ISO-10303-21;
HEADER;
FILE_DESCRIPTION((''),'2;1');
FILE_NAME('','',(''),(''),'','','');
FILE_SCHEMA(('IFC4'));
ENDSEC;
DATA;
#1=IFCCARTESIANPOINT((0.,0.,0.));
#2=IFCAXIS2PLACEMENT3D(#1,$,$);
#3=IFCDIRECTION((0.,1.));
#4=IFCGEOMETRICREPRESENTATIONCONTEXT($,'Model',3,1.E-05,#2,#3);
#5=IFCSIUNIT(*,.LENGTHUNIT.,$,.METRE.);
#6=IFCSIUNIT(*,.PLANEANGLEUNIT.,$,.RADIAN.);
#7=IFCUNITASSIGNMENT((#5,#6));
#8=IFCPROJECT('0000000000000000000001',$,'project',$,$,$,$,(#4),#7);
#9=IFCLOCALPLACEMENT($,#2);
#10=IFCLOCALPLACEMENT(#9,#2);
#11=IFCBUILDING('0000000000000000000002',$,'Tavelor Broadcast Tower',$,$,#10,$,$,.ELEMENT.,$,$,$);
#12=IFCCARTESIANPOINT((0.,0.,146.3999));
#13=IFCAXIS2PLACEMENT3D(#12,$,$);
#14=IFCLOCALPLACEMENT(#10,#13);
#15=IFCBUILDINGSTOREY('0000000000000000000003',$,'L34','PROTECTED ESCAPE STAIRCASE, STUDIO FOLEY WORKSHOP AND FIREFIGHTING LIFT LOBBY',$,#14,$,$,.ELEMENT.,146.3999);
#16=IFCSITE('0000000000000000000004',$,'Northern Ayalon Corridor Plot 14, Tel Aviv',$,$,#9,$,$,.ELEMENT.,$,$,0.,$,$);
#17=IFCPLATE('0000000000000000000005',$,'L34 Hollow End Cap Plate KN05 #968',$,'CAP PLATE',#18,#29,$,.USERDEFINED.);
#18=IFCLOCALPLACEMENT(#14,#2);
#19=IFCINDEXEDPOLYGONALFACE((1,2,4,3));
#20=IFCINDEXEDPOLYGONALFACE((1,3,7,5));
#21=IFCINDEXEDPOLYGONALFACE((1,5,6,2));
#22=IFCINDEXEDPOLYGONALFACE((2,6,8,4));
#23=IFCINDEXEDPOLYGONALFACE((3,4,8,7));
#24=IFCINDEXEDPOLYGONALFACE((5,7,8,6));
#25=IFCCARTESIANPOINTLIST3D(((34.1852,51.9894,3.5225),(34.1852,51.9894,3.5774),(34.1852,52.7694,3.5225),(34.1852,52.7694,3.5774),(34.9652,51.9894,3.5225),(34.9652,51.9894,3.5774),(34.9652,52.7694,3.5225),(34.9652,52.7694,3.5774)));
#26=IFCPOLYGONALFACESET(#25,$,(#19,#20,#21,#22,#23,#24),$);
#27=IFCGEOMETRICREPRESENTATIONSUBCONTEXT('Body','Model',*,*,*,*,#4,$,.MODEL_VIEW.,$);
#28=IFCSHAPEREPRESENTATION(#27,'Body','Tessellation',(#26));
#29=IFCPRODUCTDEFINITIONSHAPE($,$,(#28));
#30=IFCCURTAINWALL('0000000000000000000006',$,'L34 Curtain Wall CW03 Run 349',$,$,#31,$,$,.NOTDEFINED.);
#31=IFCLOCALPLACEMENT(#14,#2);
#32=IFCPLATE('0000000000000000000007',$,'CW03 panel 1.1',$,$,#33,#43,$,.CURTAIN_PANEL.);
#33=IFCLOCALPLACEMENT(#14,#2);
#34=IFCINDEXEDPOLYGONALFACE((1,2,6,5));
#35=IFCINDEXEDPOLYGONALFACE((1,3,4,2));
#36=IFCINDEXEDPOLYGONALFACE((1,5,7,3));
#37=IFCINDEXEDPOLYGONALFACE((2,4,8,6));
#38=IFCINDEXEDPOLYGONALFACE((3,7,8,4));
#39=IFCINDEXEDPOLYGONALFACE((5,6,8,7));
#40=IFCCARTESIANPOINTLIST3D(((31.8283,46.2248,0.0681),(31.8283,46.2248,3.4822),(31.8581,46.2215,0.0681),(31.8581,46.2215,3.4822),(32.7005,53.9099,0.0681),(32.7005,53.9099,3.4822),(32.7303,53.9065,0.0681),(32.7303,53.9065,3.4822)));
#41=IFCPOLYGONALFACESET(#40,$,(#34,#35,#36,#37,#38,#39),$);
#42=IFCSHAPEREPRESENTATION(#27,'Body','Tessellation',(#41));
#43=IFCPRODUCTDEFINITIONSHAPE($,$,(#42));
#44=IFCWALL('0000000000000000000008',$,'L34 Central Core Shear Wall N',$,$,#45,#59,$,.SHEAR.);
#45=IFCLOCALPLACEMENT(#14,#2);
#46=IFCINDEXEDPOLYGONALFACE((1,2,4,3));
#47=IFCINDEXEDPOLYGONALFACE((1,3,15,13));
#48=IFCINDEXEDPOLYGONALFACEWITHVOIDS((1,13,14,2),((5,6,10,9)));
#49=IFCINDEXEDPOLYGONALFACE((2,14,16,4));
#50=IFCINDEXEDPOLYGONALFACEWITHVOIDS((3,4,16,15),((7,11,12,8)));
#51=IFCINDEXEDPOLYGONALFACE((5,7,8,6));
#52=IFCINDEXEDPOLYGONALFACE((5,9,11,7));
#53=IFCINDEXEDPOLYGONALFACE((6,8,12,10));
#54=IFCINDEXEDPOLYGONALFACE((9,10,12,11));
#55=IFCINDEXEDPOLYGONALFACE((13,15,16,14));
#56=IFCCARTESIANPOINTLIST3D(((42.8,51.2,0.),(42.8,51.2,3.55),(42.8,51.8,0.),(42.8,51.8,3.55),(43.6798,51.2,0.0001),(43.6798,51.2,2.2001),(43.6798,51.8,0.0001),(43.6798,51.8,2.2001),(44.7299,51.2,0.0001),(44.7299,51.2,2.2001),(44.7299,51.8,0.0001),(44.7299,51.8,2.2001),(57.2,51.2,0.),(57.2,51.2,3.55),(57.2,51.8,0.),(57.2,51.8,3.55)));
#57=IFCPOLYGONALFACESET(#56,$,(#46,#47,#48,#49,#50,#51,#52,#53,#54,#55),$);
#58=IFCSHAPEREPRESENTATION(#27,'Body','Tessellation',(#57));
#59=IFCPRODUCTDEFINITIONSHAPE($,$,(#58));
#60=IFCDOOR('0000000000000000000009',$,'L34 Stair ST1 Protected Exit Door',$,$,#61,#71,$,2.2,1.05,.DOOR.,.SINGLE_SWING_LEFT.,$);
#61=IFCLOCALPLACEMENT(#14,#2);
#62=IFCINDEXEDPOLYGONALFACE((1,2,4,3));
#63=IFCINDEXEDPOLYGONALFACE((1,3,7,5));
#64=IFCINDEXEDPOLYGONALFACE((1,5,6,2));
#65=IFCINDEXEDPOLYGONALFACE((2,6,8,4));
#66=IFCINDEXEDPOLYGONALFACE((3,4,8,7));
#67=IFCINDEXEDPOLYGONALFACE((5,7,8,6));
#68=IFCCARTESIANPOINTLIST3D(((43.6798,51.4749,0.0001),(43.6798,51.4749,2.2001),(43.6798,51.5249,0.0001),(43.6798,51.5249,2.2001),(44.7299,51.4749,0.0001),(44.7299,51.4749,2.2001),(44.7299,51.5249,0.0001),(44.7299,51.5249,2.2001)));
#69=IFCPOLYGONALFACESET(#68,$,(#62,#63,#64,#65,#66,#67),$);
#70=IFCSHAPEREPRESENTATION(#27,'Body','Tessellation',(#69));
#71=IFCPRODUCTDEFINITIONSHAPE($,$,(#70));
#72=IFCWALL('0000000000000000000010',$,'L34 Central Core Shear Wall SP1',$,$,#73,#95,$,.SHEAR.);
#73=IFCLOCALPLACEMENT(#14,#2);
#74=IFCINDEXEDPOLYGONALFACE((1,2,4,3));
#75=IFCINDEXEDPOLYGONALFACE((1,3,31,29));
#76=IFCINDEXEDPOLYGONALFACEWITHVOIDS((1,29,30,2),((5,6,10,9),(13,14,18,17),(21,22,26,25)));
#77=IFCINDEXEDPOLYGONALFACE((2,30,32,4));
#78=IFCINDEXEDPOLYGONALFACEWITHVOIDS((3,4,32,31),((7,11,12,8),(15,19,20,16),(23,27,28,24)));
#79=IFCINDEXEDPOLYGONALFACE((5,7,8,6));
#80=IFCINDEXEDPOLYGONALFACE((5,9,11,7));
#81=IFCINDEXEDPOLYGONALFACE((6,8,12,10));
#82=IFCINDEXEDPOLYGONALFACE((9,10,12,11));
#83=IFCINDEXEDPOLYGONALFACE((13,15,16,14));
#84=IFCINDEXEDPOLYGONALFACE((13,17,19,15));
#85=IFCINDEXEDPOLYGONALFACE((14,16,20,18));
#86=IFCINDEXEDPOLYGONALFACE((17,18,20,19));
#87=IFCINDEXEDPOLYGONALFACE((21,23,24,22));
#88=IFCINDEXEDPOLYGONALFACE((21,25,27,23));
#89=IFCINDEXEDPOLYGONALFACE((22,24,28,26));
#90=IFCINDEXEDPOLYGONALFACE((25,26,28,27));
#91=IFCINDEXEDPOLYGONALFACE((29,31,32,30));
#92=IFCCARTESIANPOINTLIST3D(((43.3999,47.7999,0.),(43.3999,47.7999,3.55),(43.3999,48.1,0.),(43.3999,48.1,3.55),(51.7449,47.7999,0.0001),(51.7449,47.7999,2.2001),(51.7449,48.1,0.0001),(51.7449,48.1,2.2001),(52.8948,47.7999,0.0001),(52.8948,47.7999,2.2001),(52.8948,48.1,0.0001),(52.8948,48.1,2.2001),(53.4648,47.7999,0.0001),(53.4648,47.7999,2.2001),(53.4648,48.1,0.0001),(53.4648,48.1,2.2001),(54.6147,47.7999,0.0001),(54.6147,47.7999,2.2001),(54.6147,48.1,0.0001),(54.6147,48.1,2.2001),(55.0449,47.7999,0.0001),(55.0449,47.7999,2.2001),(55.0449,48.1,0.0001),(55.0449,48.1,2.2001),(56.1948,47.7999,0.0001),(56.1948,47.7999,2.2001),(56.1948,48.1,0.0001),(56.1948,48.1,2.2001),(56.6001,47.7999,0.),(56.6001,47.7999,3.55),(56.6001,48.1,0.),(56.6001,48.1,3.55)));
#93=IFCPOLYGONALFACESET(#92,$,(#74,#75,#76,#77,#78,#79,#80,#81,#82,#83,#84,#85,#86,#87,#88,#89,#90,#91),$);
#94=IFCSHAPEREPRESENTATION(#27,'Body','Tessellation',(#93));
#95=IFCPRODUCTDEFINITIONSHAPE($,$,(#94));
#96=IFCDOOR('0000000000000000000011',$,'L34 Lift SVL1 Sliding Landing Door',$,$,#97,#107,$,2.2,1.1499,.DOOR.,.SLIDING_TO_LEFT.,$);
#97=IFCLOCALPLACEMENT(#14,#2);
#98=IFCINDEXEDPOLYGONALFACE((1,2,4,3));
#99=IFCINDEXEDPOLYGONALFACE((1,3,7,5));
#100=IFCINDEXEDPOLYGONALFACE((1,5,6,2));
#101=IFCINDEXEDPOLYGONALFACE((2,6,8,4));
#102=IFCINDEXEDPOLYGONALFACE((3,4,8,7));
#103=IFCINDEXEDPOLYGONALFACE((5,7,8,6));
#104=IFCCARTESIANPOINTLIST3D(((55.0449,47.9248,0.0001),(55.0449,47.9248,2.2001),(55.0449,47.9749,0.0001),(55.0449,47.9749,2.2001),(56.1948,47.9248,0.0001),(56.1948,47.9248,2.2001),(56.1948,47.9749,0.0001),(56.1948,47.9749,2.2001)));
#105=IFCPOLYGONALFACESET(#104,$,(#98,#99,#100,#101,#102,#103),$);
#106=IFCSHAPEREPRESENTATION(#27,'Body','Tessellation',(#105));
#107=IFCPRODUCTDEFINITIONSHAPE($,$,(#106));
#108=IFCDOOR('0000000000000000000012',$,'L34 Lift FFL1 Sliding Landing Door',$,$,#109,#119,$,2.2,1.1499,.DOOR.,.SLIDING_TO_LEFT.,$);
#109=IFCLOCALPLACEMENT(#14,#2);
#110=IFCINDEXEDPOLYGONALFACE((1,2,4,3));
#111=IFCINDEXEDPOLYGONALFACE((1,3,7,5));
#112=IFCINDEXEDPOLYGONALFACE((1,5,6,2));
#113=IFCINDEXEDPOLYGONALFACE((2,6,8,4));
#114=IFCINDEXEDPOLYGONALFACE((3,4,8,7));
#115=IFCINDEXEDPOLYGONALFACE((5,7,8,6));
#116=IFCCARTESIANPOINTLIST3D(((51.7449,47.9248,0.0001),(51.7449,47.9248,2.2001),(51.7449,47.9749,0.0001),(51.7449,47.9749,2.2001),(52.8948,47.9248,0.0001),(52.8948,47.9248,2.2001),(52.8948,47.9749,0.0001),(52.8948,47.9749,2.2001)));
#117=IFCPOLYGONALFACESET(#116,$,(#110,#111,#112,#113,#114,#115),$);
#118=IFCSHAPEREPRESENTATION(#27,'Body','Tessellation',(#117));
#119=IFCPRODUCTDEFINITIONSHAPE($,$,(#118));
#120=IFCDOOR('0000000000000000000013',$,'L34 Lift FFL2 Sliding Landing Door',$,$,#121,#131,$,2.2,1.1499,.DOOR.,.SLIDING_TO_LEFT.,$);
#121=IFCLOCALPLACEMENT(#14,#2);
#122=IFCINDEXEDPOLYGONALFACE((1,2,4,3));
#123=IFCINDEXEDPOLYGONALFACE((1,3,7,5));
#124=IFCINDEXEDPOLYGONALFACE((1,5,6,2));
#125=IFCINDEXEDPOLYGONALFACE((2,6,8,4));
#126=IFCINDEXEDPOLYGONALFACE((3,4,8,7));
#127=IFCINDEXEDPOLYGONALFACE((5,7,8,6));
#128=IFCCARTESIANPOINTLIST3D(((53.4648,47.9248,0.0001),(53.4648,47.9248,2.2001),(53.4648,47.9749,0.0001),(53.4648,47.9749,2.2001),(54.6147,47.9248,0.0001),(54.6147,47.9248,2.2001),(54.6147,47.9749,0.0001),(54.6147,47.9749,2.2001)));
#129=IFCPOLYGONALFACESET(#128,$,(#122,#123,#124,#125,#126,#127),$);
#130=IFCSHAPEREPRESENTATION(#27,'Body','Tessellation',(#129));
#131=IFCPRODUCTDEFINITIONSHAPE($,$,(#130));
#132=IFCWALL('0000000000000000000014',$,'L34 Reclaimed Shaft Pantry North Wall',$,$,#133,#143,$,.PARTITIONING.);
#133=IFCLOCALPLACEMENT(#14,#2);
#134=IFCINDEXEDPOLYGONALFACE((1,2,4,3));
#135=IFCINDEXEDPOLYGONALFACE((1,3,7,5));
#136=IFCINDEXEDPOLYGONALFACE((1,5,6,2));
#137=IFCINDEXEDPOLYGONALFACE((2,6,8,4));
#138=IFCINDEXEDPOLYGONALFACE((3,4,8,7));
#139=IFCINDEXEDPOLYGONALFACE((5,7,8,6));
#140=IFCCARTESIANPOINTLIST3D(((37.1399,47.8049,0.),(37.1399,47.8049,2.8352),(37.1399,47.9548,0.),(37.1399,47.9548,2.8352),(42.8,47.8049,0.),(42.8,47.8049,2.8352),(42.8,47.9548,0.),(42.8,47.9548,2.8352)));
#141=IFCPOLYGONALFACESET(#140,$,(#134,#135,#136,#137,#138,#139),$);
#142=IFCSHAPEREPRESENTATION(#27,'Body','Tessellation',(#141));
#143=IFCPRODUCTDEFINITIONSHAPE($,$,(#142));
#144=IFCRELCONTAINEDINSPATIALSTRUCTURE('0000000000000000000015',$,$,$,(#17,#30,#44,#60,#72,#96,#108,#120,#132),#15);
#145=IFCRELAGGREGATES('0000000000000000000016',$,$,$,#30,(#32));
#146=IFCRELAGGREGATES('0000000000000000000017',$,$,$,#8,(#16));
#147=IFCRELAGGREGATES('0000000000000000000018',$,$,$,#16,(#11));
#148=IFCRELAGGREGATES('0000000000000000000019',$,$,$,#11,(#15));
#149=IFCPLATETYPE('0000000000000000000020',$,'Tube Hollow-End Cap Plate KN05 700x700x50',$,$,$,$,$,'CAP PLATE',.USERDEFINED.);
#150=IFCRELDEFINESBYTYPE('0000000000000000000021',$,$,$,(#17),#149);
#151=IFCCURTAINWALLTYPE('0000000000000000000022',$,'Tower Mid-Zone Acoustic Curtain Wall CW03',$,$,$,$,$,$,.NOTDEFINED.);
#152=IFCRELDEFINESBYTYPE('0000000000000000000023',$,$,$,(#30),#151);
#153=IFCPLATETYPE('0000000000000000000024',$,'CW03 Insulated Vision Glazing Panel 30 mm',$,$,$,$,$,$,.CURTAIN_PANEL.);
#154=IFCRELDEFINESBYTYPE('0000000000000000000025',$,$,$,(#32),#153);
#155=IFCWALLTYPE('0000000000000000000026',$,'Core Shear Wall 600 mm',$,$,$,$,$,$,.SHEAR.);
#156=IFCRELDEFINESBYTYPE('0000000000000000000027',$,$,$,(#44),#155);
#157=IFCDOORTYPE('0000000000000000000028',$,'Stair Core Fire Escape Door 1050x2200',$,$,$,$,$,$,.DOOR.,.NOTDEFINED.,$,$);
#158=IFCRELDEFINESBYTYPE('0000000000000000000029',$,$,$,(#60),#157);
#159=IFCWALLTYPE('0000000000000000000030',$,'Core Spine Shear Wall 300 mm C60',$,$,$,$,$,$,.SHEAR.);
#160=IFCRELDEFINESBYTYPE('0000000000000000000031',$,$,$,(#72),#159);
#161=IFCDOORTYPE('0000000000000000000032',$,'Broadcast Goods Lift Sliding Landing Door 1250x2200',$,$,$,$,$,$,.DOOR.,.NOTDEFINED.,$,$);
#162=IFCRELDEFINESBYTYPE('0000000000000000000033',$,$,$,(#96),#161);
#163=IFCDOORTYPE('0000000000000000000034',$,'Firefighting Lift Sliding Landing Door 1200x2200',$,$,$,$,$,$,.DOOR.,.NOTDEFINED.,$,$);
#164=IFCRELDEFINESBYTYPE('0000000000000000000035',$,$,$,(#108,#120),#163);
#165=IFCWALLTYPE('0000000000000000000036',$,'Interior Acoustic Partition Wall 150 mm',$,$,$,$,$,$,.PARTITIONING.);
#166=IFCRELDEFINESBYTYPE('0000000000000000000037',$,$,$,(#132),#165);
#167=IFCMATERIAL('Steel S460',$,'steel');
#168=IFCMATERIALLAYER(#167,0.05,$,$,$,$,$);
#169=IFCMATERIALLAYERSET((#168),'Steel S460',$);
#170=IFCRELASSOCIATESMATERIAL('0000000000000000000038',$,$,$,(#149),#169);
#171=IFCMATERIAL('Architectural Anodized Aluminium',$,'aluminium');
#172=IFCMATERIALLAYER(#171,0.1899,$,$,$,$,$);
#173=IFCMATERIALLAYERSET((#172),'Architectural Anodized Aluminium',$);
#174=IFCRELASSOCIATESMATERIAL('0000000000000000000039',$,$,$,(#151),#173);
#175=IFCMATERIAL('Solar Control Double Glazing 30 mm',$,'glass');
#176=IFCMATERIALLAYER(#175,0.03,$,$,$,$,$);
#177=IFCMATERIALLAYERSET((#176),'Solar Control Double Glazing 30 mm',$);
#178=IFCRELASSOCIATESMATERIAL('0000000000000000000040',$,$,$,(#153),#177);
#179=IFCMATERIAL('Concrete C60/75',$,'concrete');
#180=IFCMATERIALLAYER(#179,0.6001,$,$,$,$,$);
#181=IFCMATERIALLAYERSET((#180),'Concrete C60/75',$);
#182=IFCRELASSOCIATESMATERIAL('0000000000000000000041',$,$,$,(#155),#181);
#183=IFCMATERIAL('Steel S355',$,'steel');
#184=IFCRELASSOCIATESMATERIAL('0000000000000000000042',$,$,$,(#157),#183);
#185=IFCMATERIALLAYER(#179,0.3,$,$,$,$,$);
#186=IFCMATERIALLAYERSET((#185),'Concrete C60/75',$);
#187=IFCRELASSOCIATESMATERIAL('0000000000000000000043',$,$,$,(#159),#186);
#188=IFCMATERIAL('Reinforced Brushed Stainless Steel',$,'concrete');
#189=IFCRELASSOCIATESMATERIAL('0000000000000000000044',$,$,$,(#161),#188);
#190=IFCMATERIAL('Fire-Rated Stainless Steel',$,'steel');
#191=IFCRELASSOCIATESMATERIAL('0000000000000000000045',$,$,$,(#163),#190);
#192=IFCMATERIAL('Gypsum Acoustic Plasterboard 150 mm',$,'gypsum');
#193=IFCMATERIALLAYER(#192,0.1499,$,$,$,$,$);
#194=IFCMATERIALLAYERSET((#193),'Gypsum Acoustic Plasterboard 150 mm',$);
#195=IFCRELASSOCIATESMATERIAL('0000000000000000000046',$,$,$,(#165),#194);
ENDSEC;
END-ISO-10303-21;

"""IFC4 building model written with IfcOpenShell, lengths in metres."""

from ifc_helpers import new_model, si_unit, direction, frame, frame_2d, origin, origin_2d, place, context, subcontext, project, spatial, rectangle, extrude, source, transform, mapped, material, layer, layer_set, type_object, type_shapes, element, fill, aggregate, save


model = new_model("IFC4")

# Units and contexts
model_context = context("Model", 3, precision=1e-05, world=origin(), true_north=direction((0.0, 1.0)))
body_context = subcontext(model_context, "Body", "Model", "MODEL_VIEW")
ifc_project = project(units=[si_unit("LENGTHUNIT", "METRE"), si_unit("PLANEANGLEUNIT", "RADIAN")], contexts=[model_context])

# Site, building, storey
site_placement = place(None, origin())
site = spatial("IfcSite", under=ifc_project, at=site_placement, Name="Northern Ayalon Corridor Plot 14, Tel Aviv", CompositionType="ELEMENT", RefElevation=0.0)
building_placement = place(site_placement, origin())
building = spatial("IfcBuilding", under=site, at=building_placement, Name="Tavelor Broadcast Tower", CompositionType="ELEMENT")
storey_placement = place(building_placement, frame((0.0, 0.0, 146.3999)))
storey = spatial("IfcBuildingStorey", under=building, at=storey_placement, Name="L34", Description="PROTECTED ESCAPE STAIRCASE, STUDIO FOLEY WORKSHOP AND FIREFIGHTING LIFT LOBBY", CompositionType="ELEMENT", Elevation=146.3999)

# Shared definitions
ifc_material_1 = material(Name="Concrete C60/75", Category="concrete")
ifc_material_2 = material(Name="Steel S460", Category="steel")

# Shared definitions
ifc_material_3 = material(Name="Steel S355", Category="steel")

# Plate
ifc_layer_1 = layer(ifc_material_2, 0.05)
ifc_layer_set_1 = layer_set([ifc_layer_1], Name="Steel S460")
plate_type_1 = type_object("IfcPlateType", Name="Tube Hollow-End Cap Plate KN05 700x700x50", ElementType="CAP PLATE", PredefinedType="USERDEFINED", material=ifc_layer_set_1)
shared_shape_1 = source(origin(), body_context, "Body", "SweptSolid", [
    extrude(rectangle(XDim=0.78, YDim=0.78, at=origin_2d()), origin(), (0.0, 0.0, 1.0), 0.0549),
])
type_shapes(plate_type_1, [shared_shape_1])
for number, where, z_axis, x_axis, name in (
    (1, (34.5752, 52.3794, 3.5225), (0.0, 0.0, 1.0), (1.0, 0.0, 0.0), "L34 Hollow End Cap Plate KN05 #968"),
):
    element("IfcPlate", number, at=place(storey_placement, frame(where, z_axis=z_axis, x_axis=x_axis)), inside=storey, type_object=plate_type_1, Name=name, ObjectType="CAP PLATE", PredefinedType="USERDEFINED", context=body_context, shape_type="MappedRepresentation", body=[
        mapped(shared_shape_1, transform((0.0, 0.0, 0.0), scale=1.0)),
    ])

# Curtain wall, plate
ifc_material_4 = material(Name="Architectural Anodized Aluminium", Category="aluminium")
ifc_layer_2 = layer(ifc_material_4, 0.1899)
ifc_layer_set_2 = layer_set([ifc_layer_2], Name="Architectural Anodized Aluminium")
curtain_wall_type = type_object("IfcCurtainWallType", Name="Tower Mid-Zone Acoustic Curtain Wall CW03", PredefinedType="NOTDEFINED", material=ifc_layer_set_2)
curtain_wall_placement = place(storey_placement, origin())
curtain_wall = element("IfcCurtainWall", 2, at=curtain_wall_placement, inside=storey, type_object=curtain_wall_type, Name="L34 Curtain Wall CW03 Run 349", PredefinedType="NOTDEFINED")
ifc_material_5 = material(Name="Solar Control Double Glazing 30 mm", Category="glass")
ifc_layer_3 = layer(ifc_material_5, 0.03)
ifc_layer_set_3 = layer_set([ifc_layer_3], Name="Solar Control Double Glazing 30 mm")
plate_type_2 = type_object("IfcPlateType", Name="CW03 Insulated Vision Glazing Panel 30 mm", PredefinedType="CURTAIN_PANEL", material=ifc_layer_set_3)
shared_shape_2 = source(origin(), body_context, "Body", "SweptSolid", [
    extrude(rectangle(XDim=7.7344, YDim=0.03, at=origin_2d()), origin(), (0.0, 0.0, 1.0), 3.4141),
])
type_shapes(plate_type_2, [shared_shape_2])
plate_placement = place(storey_placement, frame((32.2793, 50.0657, 0.0681), z_axis=(0.0, 0.0, 1.0), x_axis=(-0.112766, -0.993622, 0.0)))
plate = element("IfcPlate", 3, at=plate_placement, type_object=plate_type_2, Name="CW03 panel 1.1", PredefinedType="CURTAIN_PANEL", context=body_context, shape_type="MappedRepresentation", body=[
    mapped(shared_shape_2, transform((0.0, 0.0, 0.0), scale=1.0)),
])
aggregate(curtain_wall, [plate])

# Wall, opening, door
ifc_layer_4 = layer(ifc_material_1, 0.6001)
ifc_layer_set_4 = layer_set([ifc_layer_4], Name="Concrete C60/75")
wall_type_1 = type_object("IfcWallType", Name="Core Shear Wall 600 mm", PredefinedType="SHEAR", material=ifc_layer_set_4)
wall_1_placement = place(storey_placement, frame((42.8, 51.5, 0.0), z_axis=(0.0, 0.0, 1.0), x_axis=(1.0, 0.0, 0.0)))
wall_1 = element("IfcWall", 4, at=wall_1_placement, inside=storey, type_object=wall_type_1, Name="L34 Central Core Shear Wall N", PredefinedType="SHEAR", context=body_context, shape_type="SweptSolid", body=[
    extrude(rectangle(XDim=14.3999, YDim=0.6001, at=frame_2d((7.2, 0.0))), origin(), (0.0, 0.0, 1.0), 3.55),
])
opening_1_placement = place(wall_1_placement, frame((0.8799, 0.0, 0.0)))
opening_1 = element("IfcOpeningElement", 5, at=opening_1_placement, cuts=wall_1, PredefinedType="OPENING", context=body_context, shape_type="SweptSolid", body=[
    extrude(rectangle(XDim=1.05, YDim=2.2, at=frame_2d((0.5249, 1.1001))), frame((0.0, 0.3101, 0.0), z_axis=(0.0, -1.0, 0.0), x_axis=(1.0, 0.0, 0.0)), (0.0, 0.0, 1.0), 0.6201),
])
door_type_1 = type_object("IfcDoorType", Name="Stair Core Fire Escape Door 1050x2200", OperationType="NOTDEFINED", PredefinedType="DOOR", material=ifc_material_3)
door_1_placement = place(opening_1_placement, origin())
door_1 = element("IfcDoor", 6, at=door_1_placement, inside=storey, type_object=door_type_1, Name="L34 Stair ST1 Protected Exit Door", OperationType="SINGLE_SWING_LEFT", OverallHeight=2.2, OverallWidth=1.05, PredefinedType="DOOR", context=body_context, shape_type="SweptSolid", body=[
    extrude(rectangle(XDim=1.05, YDim=2.2, at=frame_2d((0.5249, 1.1001))), frame((0.0, 0.0249, 0.0), z_axis=(0.0, -1.0, 0.0), x_axis=(1.0, 0.0, 0.0)), (0.0, 0.0, 1.0), 0.05),
])
fill(opening_1, door_1)

# Wall, openings, doors
ifc_layer_5 = layer(ifc_material_1, 0.3)
ifc_layer_set_5 = layer_set([ifc_layer_5], Name="Concrete C60/75")
wall_type_2 = type_object("IfcWallType", Name="Core Spine Shear Wall 300 mm C60", PredefinedType="SHEAR", material=ifc_layer_set_5)
wall_2_placement = place(storey_placement, frame((43.3999, 47.95, 0.0), z_axis=(0.0, 0.0, 1.0), x_axis=(1.0, 0.0, 0.0)))
wall_2 = element("IfcWall", 7, at=wall_2_placement, inside=storey, type_object=wall_type_2, Name="L34 Central Core Shear Wall SP1", PredefinedType="SHEAR", context=body_context, shape_type="SweptSolid", body=[
    extrude(rectangle(XDim=13.2002, YDim=0.3, at=frame_2d((6.6001, 0.0))), origin(), (0.0, 0.0, 1.0), 3.55),
])
opening_2_placement = place(wall_2_placement, frame((8.345, 0.0, 0.0)))
opening_2 = element("IfcOpeningElement", 8, at=opening_2_placement, cuts=wall_2, PredefinedType="OPENING", context=body_context, shape_type="SweptSolid", body=[
    extrude(rectangle(XDim=1.1499, YDim=2.2, at=frame_2d((0.575, 1.1001))), frame((0.0, 0.1602, 0.0), z_axis=(0.0, -1.0, 0.0), x_axis=(1.0, 0.0, 0.0)), (0.0, 0.0, 1.0), 0.3201),
])
opening_3_placement = place(wall_2_placement, frame((10.0649, 0.0, 0.0)))
opening_3 = element("IfcOpeningElement", 9, at=opening_3_placement, cuts=wall_2, PredefinedType="OPENING", context=body_context, shape_type="SweptSolid", body=[
    extrude(rectangle(XDim=1.1499, YDim=2.2, at=frame_2d((0.575, 1.1001))), frame((0.0, 0.1602, 0.0), z_axis=(0.0, -1.0, 0.0), x_axis=(1.0, 0.0, 0.0)), (0.0, 0.0, 1.0), 0.3201),
])
opening_4_placement = place(wall_2_placement, frame((11.645, 0.0, 0.0)))
opening_4 = element("IfcOpeningElement", 10, at=opening_4_placement, cuts=wall_2, PredefinedType="OPENING", context=body_context, shape_type="SweptSolid", body=[
    extrude(rectangle(XDim=1.1499, YDim=2.2, at=frame_2d((0.575, 1.1001))), frame((0.0, 0.1602, 0.0), z_axis=(0.0, -1.0, 0.0), x_axis=(1.0, 0.0, 0.0)), (0.0, 0.0, 1.0), 0.3201),
])
ifc_material_6 = material(Name="Reinforced Brushed Stainless Steel", Category="concrete")
door_type_2 = type_object("IfcDoorType", Name="Broadcast Goods Lift Sliding Landing Door 1250x2200", OperationType="NOTDEFINED", PredefinedType="DOOR", material=ifc_material_6)
door_2_placement = place(opening_4_placement, origin())
door_2 = element("IfcDoor", 11, at=door_2_placement, inside=storey, type_object=door_type_2, Name="L34 Lift SVL1 Sliding Landing Door", OperationType="SLIDING_TO_LEFT", OverallHeight=2.2, OverallWidth=1.1499, PredefinedType="DOOR", context=body_context, shape_type="SweptSolid", body=[
    extrude(rectangle(XDim=1.1499, YDim=2.2, at=frame_2d((0.575, 1.1001))), frame((0.0, 0.0249, 0.0), z_axis=(0.0, -1.0, 0.0), x_axis=(1.0, 0.0, 0.0)), (0.0, 0.0, 1.0), 0.05),
])
fill(opening_4, door_2)
ifc_material_7 = material(Name="Fire-Rated Stainless Steel", Category="steel")
door_type_3 = type_object("IfcDoorType", Name="Firefighting Lift Sliding Landing Door 1200x2200", OperationType="NOTDEFINED", PredefinedType="DOOR", material=ifc_material_7)
door_3_placement = place(opening_2_placement, origin())
door_3 = element("IfcDoor", 12, at=door_3_placement, inside=storey, type_object=door_type_3, Name="L34 Lift FFL1 Sliding Landing Door", OperationType="SLIDING_TO_LEFT", OverallHeight=2.2, OverallWidth=1.1499, PredefinedType="DOOR", context=body_context, shape_type="SweptSolid", body=[
    extrude(rectangle(XDim=1.1499, YDim=2.2, at=frame_2d((0.575, 1.1001))), frame((0.0, 0.0249, 0.0), z_axis=(0.0, -1.0, 0.0), x_axis=(1.0, 0.0, 0.0)), (0.0, 0.0, 1.0), 0.05),
])
fill(opening_2, door_3)
door_4_placement = place(opening_3_placement, origin())
door_4 = element("IfcDoor", 13, at=door_4_placement, inside=storey, type_object=door_type_3, Name="L34 Lift FFL2 Sliding Landing Door", OperationType="SLIDING_TO_LEFT", OverallHeight=2.2, OverallWidth=1.1499, PredefinedType="DOOR", context=body_context, shape_type="SweptSolid", body=[
    extrude(rectangle(XDim=1.1499, YDim=2.2, at=frame_2d((0.575, 1.1001))), frame((0.0, 0.0249, 0.0), z_axis=(0.0, -1.0, 0.0), x_axis=(1.0, 0.0, 0.0)), (0.0, 0.0, 1.0), 0.05),
])
fill(opening_3, door_4)

# Wall
ifc_material_8 = material(Name="Gypsum Acoustic Plasterboard 150 mm", Category="gypsum")
ifc_layer_6 = layer(ifc_material_8, 0.1499)
ifc_layer_set_6 = layer_set([ifc_layer_6], Name="Gypsum Acoustic Plasterboard 150 mm")
wall_type_3 = type_object("IfcWallType", Name="Interior Acoustic Partition Wall 150 mm", PredefinedType="PARTITIONING", material=ifc_layer_set_6)
wall_3_placement = place(storey_placement, frame((37.1399, 47.8799, 0.0), z_axis=(0.0, 0.0, 1.0), x_axis=(1.0, 0.0, 0.0)))
element("IfcWall", 14, at=wall_3_placement, inside=storey, type_object=wall_type_3, Name="L34 Reclaimed Shaft Pantry North Wall", PredefinedType="PARTITIONING", context=body_context, shape_type="SweptSolid", body=[
    extrude(rectangle(XDim=5.6602, YDim=0.1499, at=frame_2d((2.8301, 0.0))), origin(), (0.0, 0.0, 1.0), 2.8352),
])

save(model, "model.ifc")
